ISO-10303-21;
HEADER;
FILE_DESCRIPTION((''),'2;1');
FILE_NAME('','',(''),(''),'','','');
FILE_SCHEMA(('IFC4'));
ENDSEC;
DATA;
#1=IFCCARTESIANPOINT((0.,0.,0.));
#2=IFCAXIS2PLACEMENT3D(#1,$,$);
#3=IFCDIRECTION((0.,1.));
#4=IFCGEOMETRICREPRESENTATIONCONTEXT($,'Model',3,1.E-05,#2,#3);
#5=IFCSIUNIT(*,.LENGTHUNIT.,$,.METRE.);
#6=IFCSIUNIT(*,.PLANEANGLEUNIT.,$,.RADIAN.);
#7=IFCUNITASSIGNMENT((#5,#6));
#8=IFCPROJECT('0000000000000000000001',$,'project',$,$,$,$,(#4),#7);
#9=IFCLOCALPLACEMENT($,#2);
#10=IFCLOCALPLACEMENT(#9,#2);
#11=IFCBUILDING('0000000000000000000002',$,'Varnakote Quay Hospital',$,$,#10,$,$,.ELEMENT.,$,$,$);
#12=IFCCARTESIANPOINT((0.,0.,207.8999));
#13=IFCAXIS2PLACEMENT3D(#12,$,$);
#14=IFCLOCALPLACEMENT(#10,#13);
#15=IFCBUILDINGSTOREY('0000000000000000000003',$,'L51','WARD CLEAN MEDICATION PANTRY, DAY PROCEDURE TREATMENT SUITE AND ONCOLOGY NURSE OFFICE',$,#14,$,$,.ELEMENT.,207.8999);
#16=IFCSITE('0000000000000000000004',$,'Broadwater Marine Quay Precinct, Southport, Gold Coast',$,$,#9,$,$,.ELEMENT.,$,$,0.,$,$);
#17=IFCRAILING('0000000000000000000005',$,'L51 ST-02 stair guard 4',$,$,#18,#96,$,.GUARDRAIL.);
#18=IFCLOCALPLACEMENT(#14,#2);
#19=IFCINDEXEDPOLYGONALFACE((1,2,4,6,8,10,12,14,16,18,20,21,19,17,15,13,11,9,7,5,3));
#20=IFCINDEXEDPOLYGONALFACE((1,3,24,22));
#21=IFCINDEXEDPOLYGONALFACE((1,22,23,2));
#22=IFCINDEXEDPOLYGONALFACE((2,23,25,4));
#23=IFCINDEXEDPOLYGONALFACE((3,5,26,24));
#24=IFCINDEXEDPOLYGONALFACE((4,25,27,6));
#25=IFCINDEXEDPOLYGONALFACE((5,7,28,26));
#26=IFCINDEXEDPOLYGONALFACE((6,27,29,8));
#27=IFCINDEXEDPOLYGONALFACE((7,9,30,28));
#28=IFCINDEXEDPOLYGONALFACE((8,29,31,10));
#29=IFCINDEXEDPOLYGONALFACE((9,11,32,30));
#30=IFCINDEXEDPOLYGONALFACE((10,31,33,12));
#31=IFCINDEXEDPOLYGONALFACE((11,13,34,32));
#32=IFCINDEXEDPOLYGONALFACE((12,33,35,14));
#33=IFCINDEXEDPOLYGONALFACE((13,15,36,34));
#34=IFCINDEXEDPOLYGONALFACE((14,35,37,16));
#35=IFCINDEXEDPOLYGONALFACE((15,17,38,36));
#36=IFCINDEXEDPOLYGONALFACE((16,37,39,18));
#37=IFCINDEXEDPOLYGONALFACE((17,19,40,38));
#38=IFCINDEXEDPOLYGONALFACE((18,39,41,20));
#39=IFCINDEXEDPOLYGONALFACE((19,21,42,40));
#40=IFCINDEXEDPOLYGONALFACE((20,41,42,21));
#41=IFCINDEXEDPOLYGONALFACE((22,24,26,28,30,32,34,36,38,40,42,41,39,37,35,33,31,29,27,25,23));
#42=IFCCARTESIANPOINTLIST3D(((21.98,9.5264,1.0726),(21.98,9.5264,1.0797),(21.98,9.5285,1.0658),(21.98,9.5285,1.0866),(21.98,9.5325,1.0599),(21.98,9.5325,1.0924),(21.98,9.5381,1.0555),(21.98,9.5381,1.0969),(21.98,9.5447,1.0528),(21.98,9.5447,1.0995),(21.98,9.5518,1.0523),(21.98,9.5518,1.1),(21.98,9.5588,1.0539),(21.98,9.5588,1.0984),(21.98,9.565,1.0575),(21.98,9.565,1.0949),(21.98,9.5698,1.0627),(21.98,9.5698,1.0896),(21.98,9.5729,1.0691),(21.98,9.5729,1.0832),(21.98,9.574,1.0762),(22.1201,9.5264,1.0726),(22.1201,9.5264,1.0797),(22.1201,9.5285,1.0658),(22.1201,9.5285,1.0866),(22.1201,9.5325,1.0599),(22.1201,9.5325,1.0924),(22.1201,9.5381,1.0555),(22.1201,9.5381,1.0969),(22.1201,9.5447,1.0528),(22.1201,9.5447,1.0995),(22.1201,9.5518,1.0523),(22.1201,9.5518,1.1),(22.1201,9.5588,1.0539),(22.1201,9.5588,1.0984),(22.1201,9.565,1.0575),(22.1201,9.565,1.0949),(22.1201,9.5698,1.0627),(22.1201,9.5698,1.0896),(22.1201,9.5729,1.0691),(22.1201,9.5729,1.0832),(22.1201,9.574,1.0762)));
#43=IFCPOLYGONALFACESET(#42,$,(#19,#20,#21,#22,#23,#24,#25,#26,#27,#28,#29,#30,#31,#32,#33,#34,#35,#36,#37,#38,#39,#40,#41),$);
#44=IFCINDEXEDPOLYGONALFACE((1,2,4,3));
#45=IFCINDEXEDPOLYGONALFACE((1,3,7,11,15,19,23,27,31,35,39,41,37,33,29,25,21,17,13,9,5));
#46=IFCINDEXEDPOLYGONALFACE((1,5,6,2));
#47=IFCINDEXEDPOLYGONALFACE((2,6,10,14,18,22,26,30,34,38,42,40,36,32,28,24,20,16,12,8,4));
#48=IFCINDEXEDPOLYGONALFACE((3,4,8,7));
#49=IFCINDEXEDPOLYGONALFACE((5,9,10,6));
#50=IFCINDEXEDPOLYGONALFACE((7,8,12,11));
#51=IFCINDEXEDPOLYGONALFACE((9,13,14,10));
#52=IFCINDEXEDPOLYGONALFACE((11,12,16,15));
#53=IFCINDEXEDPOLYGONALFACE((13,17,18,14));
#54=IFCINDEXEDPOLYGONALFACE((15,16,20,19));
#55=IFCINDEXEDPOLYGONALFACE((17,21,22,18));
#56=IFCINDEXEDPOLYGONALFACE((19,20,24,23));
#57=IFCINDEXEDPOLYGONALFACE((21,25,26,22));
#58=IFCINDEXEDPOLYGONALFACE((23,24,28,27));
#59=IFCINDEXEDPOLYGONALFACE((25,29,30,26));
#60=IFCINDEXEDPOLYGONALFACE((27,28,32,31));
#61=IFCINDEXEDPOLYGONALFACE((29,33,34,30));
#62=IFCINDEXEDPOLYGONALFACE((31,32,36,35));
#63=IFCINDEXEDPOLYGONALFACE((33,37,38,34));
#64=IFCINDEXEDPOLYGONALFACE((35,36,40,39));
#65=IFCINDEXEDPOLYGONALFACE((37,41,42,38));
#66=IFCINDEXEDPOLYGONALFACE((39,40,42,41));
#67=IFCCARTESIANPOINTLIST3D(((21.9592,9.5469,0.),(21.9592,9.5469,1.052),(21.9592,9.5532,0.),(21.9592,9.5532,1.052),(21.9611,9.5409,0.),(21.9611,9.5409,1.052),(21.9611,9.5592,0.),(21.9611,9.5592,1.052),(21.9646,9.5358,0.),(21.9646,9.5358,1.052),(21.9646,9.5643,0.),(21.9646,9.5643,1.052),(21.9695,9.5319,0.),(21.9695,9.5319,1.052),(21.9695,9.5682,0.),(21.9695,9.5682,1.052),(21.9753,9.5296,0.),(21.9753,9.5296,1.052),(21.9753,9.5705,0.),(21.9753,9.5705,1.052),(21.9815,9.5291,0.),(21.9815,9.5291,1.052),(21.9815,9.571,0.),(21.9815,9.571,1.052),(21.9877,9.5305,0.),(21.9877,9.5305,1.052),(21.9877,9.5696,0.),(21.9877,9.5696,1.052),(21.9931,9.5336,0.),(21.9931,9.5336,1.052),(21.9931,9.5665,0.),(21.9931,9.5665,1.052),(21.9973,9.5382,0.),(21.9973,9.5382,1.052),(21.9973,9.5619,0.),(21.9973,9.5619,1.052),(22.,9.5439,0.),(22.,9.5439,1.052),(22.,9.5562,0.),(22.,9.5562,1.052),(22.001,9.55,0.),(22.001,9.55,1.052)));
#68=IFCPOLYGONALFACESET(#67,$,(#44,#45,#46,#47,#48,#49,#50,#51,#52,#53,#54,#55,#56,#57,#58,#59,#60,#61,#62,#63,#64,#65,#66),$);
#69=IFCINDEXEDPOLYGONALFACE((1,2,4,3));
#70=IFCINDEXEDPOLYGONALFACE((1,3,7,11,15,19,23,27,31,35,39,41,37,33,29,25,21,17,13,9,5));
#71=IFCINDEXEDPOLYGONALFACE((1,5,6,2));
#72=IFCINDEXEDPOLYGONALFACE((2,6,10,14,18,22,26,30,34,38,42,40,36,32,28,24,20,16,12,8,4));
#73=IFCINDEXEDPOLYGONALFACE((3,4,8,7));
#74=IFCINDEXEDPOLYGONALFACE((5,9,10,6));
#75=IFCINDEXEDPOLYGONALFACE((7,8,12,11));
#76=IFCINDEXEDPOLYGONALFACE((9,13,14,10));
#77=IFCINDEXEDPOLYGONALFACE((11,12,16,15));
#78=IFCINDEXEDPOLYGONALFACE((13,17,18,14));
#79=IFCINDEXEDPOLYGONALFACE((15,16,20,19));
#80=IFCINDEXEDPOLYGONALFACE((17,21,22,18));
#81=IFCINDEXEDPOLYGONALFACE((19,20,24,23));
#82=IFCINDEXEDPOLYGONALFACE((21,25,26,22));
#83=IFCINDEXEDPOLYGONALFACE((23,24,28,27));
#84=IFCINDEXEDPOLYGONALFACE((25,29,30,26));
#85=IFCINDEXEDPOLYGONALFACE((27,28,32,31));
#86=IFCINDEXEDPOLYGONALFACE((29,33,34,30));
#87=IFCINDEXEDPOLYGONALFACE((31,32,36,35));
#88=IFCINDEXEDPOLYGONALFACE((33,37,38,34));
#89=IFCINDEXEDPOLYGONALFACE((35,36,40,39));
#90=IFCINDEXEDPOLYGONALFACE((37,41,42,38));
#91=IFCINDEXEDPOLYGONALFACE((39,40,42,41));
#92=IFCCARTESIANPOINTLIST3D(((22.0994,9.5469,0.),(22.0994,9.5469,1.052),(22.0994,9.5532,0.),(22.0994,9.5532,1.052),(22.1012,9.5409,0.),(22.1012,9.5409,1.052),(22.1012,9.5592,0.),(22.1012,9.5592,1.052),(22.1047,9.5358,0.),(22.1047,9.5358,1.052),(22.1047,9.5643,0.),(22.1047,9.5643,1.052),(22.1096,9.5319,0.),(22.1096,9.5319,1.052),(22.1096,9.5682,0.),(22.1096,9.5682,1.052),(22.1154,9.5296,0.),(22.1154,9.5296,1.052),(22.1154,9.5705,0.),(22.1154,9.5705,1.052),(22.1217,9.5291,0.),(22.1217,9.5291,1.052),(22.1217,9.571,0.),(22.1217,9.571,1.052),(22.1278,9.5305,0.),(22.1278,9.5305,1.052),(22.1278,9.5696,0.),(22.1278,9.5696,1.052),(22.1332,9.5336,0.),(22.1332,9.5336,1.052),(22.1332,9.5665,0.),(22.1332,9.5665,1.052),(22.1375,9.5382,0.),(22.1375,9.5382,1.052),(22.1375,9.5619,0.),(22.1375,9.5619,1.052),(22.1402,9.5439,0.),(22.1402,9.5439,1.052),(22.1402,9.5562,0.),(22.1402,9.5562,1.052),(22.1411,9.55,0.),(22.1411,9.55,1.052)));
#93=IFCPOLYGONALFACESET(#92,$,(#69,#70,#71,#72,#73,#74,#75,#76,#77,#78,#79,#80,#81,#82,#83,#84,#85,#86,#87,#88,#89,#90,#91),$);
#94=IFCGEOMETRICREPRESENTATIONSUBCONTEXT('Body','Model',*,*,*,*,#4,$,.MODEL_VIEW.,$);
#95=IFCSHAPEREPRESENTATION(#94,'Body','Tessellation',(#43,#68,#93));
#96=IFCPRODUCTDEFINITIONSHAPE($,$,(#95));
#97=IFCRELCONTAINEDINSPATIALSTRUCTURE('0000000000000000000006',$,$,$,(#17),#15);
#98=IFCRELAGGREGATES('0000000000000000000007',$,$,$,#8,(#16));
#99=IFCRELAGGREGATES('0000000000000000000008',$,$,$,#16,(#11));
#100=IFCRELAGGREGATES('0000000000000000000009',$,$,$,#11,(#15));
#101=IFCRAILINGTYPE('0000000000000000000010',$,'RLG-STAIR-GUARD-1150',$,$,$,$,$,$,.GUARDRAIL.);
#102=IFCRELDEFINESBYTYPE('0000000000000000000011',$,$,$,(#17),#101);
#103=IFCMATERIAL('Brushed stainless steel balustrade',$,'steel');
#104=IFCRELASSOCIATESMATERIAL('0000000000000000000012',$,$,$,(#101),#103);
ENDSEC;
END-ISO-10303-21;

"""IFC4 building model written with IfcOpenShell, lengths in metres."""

from ifc_helpers import new_model, si_unit, direction, frame, origin, origin_2d, place, context, subcontext, project, spatial, circle, extrude, material, type_object, element, save


model = new_model("IFC4")

# Units and contexts
model_context = context("Model", 3, precision=1e-05, world=origin(), true_north=direction((0.0, 1.0)))
body_context = subcontext(model_context, "Body", "Model", "MODEL_VIEW")
ifc_project = project(units=[si_unit("LENGTHUNIT", "METRE"), si_unit("PLANEANGLEUNIT", "RADIAN")], contexts=[model_context])

# Site, building, storey
site_placement = place(None, origin())
site = spatial("IfcSite", under=ifc_project, at=site_placement, Name="Broadwater Marine Quay Precinct, Southport, Gold Coast", CompositionType="ELEMENT", RefElevation=0.0)
building_placement = place(site_placement, origin())
building = spatial("IfcBuilding", under=site, at=building_placement, Name="Varnakote Quay Hospital", CompositionType="ELEMENT")
storey_placement = place(building_placement, frame((0.0, 0.0, 207.8999)))
storey = spatial("IfcBuildingStorey", under=building, at=storey_placement, Name="L51", Description="WARD CLEAN MEDICATION PANTRY, DAY PROCEDURE TREATMENT SUITE AND ONCOLOGY NURSE OFFICE", CompositionType="ELEMENT", Elevation=207.8999)

# Railing
ifc_material_1 = material(Name="Brushed stainless steel balustrade", Category="steel")
railing_type_1 = type_object("IfcRailingType", Name="RLG-STAIR-GUARD-1150", PredefinedType="GUARDRAIL", material=ifc_material_1)
railing_1_placement = place(storey_placement, frame((21.98, 9.55, 0.0)))
element("IfcRailing", 1, at=railing_1_placement, inside=storey, type_object=railing_type_1, Name="L51 ST-02 stair guard 4", PredefinedType="GUARDRAIL", context=body_context, shape_type="SweptSolid", body=[
    extrude(circle(Radius=0.0239, at=origin_2d()), frame((0.0, 0.0, 1.0762), z_axis=(1.0, 0.0, 0.0), x_axis=(0.0, 1.0, 0.0)), (0.0, 0.0, 1.0), 0.1401),
    extrude(circle(Radius=0.021, at=origin_2d()), origin(), (0.0, 0.0, 1.0), 1.052),
    extrude(circle(Radius=0.021, at=origin_2d()), frame((0.1401, 0.0, 0.0)), (0.0, 0.0, 1.0), 1.052),
])

save(model, "model.ifc")
